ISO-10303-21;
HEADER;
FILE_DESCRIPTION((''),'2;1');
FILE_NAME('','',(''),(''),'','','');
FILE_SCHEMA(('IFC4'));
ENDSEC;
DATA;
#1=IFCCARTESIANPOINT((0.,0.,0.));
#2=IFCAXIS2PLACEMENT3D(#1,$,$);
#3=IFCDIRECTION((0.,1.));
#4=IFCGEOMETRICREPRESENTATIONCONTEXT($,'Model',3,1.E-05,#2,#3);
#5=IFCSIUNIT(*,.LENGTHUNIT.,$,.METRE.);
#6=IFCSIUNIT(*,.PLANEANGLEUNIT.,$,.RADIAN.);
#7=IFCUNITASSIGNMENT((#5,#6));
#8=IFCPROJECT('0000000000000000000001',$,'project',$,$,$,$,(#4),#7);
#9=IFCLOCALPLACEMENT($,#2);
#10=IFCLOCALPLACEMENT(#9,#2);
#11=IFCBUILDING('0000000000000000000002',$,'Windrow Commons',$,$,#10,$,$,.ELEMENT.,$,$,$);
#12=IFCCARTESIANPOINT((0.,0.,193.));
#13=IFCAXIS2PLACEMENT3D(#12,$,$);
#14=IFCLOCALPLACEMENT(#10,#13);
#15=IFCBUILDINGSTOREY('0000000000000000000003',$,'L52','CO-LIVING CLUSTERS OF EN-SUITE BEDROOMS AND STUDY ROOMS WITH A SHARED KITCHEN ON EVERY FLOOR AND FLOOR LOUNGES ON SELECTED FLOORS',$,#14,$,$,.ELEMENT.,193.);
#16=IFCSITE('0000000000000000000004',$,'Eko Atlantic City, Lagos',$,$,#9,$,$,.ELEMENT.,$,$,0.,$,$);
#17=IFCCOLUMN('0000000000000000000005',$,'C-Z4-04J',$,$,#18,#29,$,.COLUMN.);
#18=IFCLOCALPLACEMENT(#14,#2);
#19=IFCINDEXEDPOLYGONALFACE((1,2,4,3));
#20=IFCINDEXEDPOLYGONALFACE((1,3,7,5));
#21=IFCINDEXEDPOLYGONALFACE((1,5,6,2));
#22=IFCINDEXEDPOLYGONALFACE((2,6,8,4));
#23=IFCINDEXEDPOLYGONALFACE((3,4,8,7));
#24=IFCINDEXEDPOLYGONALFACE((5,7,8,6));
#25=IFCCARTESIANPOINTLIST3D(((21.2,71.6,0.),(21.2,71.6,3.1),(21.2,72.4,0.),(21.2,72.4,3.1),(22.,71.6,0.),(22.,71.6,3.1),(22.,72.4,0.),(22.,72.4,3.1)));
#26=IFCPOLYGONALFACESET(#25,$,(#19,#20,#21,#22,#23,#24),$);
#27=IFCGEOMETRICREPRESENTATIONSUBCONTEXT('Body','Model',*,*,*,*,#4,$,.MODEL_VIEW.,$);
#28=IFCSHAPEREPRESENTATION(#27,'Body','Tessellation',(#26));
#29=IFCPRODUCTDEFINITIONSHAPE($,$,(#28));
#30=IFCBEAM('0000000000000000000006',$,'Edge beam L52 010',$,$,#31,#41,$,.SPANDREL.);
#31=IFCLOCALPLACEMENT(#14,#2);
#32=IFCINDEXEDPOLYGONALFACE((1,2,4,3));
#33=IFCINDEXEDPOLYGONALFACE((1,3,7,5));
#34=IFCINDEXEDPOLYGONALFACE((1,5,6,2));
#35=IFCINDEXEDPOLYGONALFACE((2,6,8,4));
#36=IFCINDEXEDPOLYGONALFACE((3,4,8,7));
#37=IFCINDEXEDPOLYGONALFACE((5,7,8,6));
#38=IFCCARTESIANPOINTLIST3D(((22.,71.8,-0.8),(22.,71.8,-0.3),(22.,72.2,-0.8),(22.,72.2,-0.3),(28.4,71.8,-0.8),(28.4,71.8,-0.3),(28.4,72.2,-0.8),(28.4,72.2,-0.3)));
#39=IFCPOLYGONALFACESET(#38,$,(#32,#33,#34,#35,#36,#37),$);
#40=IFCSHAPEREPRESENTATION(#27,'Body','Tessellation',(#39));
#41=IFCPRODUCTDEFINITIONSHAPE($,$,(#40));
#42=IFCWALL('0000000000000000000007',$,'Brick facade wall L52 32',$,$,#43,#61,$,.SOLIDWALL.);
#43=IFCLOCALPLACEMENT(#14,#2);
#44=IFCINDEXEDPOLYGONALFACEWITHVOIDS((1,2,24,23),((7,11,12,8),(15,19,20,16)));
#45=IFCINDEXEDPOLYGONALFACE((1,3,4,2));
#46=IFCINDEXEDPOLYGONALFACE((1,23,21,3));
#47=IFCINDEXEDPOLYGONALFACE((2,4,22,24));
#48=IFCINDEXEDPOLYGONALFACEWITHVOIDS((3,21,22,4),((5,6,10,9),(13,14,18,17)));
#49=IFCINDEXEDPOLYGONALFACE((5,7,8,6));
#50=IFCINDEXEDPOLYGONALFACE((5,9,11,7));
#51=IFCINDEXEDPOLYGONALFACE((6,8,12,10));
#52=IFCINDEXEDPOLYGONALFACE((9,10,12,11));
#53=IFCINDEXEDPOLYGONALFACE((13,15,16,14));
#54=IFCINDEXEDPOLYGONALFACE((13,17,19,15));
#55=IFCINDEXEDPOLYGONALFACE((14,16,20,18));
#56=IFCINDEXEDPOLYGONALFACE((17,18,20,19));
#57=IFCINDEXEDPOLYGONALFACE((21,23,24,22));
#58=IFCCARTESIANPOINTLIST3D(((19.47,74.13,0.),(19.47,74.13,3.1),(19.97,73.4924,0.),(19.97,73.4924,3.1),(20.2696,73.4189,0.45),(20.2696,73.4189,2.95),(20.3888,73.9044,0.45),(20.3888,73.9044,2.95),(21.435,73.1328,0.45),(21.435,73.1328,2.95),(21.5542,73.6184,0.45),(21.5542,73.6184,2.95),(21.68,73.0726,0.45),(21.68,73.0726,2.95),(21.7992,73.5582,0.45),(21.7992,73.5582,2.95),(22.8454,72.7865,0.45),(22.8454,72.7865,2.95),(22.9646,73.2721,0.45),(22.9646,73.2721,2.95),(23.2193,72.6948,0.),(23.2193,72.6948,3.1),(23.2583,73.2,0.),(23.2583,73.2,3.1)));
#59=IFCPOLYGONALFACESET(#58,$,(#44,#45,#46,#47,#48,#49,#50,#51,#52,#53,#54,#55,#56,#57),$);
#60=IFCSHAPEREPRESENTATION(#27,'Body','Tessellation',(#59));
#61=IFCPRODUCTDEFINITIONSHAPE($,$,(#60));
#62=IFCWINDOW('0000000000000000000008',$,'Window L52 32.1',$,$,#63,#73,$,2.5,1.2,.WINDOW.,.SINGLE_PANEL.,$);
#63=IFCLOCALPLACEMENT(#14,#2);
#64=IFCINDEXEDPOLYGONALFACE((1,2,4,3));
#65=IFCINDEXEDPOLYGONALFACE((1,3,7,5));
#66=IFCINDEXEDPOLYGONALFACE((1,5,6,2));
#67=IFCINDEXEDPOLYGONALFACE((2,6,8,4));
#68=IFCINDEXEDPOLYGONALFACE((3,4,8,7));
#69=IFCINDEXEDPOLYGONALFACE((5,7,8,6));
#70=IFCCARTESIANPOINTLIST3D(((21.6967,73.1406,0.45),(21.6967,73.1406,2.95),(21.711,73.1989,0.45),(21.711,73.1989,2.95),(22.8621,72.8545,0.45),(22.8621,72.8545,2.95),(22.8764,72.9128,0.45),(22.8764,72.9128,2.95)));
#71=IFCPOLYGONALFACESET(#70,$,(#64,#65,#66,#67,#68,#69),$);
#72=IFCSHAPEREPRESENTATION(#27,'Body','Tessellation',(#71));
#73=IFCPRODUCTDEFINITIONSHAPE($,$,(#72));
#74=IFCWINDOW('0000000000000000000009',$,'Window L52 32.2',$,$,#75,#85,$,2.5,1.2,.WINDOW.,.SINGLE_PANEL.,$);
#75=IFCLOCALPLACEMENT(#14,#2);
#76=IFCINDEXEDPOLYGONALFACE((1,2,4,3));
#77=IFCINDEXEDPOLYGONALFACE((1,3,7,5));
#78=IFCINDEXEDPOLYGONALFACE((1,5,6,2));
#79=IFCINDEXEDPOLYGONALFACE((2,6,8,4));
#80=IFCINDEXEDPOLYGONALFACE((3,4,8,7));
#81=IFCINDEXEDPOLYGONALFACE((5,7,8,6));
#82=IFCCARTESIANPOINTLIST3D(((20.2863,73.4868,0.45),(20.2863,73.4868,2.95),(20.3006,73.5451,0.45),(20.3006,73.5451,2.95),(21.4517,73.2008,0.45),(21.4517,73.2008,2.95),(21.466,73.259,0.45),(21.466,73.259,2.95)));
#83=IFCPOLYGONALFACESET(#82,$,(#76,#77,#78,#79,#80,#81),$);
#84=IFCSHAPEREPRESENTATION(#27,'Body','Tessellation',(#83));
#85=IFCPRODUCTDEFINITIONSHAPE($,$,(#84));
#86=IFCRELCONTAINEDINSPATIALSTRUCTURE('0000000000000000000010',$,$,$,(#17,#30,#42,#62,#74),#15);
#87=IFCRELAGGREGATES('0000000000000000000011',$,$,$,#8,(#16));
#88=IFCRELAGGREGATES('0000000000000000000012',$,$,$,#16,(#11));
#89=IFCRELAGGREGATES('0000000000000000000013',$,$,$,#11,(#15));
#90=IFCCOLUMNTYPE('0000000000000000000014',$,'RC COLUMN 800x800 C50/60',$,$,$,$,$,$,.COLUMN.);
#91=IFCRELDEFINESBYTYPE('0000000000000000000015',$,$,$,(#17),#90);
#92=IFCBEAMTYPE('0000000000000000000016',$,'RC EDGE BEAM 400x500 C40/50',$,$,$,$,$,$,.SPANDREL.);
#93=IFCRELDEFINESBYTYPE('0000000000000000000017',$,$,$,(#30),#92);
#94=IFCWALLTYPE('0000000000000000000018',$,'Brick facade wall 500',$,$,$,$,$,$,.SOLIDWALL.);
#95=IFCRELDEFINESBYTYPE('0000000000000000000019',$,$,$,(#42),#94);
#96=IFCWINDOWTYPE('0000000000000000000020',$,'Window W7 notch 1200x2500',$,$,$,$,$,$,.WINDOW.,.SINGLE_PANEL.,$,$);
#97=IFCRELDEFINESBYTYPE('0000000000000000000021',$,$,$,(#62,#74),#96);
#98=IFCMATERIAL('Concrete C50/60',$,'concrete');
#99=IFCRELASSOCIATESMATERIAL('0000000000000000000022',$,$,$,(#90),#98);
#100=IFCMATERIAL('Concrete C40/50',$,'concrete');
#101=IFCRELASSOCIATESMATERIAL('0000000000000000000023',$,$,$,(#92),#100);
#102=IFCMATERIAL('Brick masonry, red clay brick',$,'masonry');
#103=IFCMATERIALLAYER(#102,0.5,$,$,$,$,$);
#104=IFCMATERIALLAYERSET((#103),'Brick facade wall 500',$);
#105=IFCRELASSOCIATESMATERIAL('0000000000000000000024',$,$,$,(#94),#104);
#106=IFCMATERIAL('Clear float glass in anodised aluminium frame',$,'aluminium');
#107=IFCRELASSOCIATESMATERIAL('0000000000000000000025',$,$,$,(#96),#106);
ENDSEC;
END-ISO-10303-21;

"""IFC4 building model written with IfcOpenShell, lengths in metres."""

from ifc_helpers import new_model, si_unit, direction, frame, frame_2d, origin, origin_2d, place, context, subcontext, project, spatial, polyline, rectangle, outline, extrude, material, layer, layer_set, material_profile, profile_set, type_object, element, fill, save


model = new_model("IFC4")

# Units and contexts
model_context = context("Model", 3, precision=1e-05, world=origin(), true_north=direction((0.0, 1.0)))
body_context = subcontext(model_context, "Body", "Model", "MODEL_VIEW")
ifc_project = project(units=[si_unit("LENGTHUNIT", "METRE"), si_unit("PLANEANGLEUNIT", "RADIAN")], contexts=[model_context])

# Site, building, storey
site_placement = place(None, origin())
site = spatial("IfcSite", under=ifc_project, at=site_placement, Name="Eko Atlantic City, Lagos", CompositionType="ELEMENT", RefElevation=0.0)
building_placement = place(site_placement, origin())
building = spatial("IfcBuilding", under=site, at=building_placement, Name="Windrow Commons", CompositionType="ELEMENT")
storey_placement = place(building_placement, frame((0.0, 0.0, 193.0)))
storey = spatial("IfcBuildingStorey", under=building, at=storey_placement, Name="L52", Description="CO-LIVING CLUSTERS OF EN-SUITE BEDROOMS AND STUDY ROOMS WITH A SHARED KITCHEN ON EVERY FLOOR AND FLOOR LOUNGES ON SELECTED FLOORS", CompositionType="ELEMENT", Elevation=193.0)

# Column
ifc_material_1 = material(Name="Concrete C50/60", Category="concrete")
ifc_material_profile_1 = material_profile(ifc_material_1, rectangle(XDim=0.8, YDim=0.8, at=origin_2d()))
ifc_profile_set_1 = profile_set([ifc_material_profile_1], Name="Concrete C50/60")
column_type = type_object("IfcColumnType", Name="RC COLUMN 800x800 C50/60", PredefinedType="COLUMN", material=ifc_profile_set_1)
column_placement = place(storey_placement, frame((21.6, 72.0, 0.0), z_axis=(0.0, 0.0, 1.0), x_axis=(1.0, 0.0, 0.0)))
element("IfcColumn", 1, at=column_placement, inside=storey, type_object=column_type, Name="C-Z4-04J", PredefinedType="COLUMN", context=body_context, shape_type="SweptSolid", body=[
    extrude(rectangle(XDim=0.8, YDim=0.8, at=origin_2d()), origin(), (0.0, 0.0, 1.0), 3.1),
])

# Beam
ifc_material_2 = material(Name="Concrete C40/50", Category="concrete")
ifc_material_profile_2 = material_profile(ifc_material_2, rectangle(XDim=0.4, YDim=0.5, at=origin_2d()))
ifc_profile_set_2 = profile_set([ifc_material_profile_2], Name="Concrete C40/50")
beam_type = type_object("IfcBeamType", Name="RC EDGE BEAM 400x500 C40/50", PredefinedType="SPANDREL", material=ifc_profile_set_2)
beam_placement = place(storey_placement, frame((22.0, 72.0, -0.55), z_axis=(1.0, 0.0, 0.0), x_axis=(0.0, 1.0, 0.0)))
element("IfcBeam", 2, at=beam_placement, inside=storey, type_object=beam_type, Name="Edge beam L52 010", PredefinedType="SPANDREL", context=body_context, shape_type="SweptSolid", body=[
    extrude(rectangle(XDim=0.4, YDim=0.5, at=origin_2d()), origin(), (0.0, 0.0, 1.0), 6.4),
])

# Wall, openings, windows
ifc_material_3 = material(Name="Brick masonry, red clay brick", Category="masonry")
ifc_layer_1 = layer(ifc_material_3, 0.5)
ifc_layer_set_1 = layer_set([ifc_layer_1], Name="Brick facade wall 500")
wall_type_1 = type_object("IfcWallType", Name="Brick facade wall 500", PredefinedType="SOLIDWALL", material=ifc_layer_set_1)
wall_1_placement = place(storey_placement, frame((23.2388, 72.9474, 0.0), z_axis=(0.0, 0.0, 1.0), x_axis=(-0.971166, 0.238403, 0.0)))
wall_1 = element("IfcWall", 3, at=wall_1_placement, inside=storey, type_object=wall_type_1, Name="Brick facade wall L52 32", PredefinedType="SOLIDWALL", context=body_context, shape_type="SweptSolid", body=[
    extrude(outline(polyline([(0.0413, -0.25), (3.9421, -0.25), (3.3045, 0.25), (-0.0413, 0.25), (0.0413, -0.25)])), origin(), (0.0, 0.0, 1.0), 3.1),
])
opening_1_placement = place(wall_1_placement, frame((0.3437, 0.0, 0.45)))
opening_1 = element("IfcOpeningElement", 4, at=opening_1_placement, cuts=wall_1, PredefinedType="OPENING", context=body_context, shape_type="SweptSolid", body=[
    extrude(rectangle(XDim=1.2, YDim=2.5, at=frame_2d((0.6, 1.25))), frame((0.0, 0.26, 0.0), z_axis=(0.0, -1.0, 0.0), x_axis=(1.0, 0.0, 0.0)), (0.0, 0.0, 1.0), 0.52),
])
opening_2_placement = place(wall_1_placement, frame((1.796, 0.0, 0.45)))
opening_2 = element("IfcOpeningElement", 5, at=opening_2_placement, cuts=wall_1, PredefinedType="OPENING", context=body_context, shape_type="SweptSolid", body=[
    extrude(rectangle(XDim=1.2, YDim=2.5, at=frame_2d((0.6, 1.25))), frame((0.0, 0.26, 0.0), z_axis=(0.0, -1.0, 0.0), x_axis=(1.0, 0.0, 0.0)), (0.0, 0.0, 1.0), 0.52),
])
ifc_material_4 = material(Name="Clear float glass in anodised aluminium frame", Category="aluminium")
window_type_1 = type_object("IfcWindowType", Name="Window W7 notch 1200x2500", PartitioningType="SINGLE_PANEL", PredefinedType="WINDOW", material=ifc_material_4)
window_1_placement = place(opening_1_placement, origin())
window_1 = element("IfcWindow", 6, at=window_1_placement, inside=storey, type_object=window_type_1, Name="Window L52 32.1", OverallHeight=2.5, OverallWidth=1.2, PartitioningType="SINGLE_PANEL", PredefinedType="WINDOW", context=body_context, shape_type="SweptSolid", body=[
    extrude(rectangle(XDim=1.2, YDim=2.5, at=frame_2d((0.6, 1.25))), frame((0.0, 0.18, 0.0), z_axis=(0.0, -1.0, 0.0), x_axis=(1.0, 0.0, 0.0)), (0.0, 0.0, 1.0), 0.06),
])
fill(opening_1, window_1)
window_2_placement = place(opening_2_placement, origin())
window_2 = element("IfcWindow", 7, at=window_2_placement, inside=storey, type_object=window_type_1, Name="Window L52 32.2", OverallHeight=2.5, OverallWidth=1.2, PartitioningType="SINGLE_PANEL", PredefinedType="WINDOW", context=body_context, shape_type="SweptSolid", body=[
    extrude(rectangle(XDim=1.2, YDim=2.5, at=frame_2d((0.6, 1.25))), frame((0.0, 0.18, 0.0), z_axis=(0.0, -1.0, 0.0), x_axis=(1.0, 0.0, 0.0)), (0.0, 0.0, 1.0), 0.06),
])
fill(opening_2, window_2)

save(model, "model.ifc")
